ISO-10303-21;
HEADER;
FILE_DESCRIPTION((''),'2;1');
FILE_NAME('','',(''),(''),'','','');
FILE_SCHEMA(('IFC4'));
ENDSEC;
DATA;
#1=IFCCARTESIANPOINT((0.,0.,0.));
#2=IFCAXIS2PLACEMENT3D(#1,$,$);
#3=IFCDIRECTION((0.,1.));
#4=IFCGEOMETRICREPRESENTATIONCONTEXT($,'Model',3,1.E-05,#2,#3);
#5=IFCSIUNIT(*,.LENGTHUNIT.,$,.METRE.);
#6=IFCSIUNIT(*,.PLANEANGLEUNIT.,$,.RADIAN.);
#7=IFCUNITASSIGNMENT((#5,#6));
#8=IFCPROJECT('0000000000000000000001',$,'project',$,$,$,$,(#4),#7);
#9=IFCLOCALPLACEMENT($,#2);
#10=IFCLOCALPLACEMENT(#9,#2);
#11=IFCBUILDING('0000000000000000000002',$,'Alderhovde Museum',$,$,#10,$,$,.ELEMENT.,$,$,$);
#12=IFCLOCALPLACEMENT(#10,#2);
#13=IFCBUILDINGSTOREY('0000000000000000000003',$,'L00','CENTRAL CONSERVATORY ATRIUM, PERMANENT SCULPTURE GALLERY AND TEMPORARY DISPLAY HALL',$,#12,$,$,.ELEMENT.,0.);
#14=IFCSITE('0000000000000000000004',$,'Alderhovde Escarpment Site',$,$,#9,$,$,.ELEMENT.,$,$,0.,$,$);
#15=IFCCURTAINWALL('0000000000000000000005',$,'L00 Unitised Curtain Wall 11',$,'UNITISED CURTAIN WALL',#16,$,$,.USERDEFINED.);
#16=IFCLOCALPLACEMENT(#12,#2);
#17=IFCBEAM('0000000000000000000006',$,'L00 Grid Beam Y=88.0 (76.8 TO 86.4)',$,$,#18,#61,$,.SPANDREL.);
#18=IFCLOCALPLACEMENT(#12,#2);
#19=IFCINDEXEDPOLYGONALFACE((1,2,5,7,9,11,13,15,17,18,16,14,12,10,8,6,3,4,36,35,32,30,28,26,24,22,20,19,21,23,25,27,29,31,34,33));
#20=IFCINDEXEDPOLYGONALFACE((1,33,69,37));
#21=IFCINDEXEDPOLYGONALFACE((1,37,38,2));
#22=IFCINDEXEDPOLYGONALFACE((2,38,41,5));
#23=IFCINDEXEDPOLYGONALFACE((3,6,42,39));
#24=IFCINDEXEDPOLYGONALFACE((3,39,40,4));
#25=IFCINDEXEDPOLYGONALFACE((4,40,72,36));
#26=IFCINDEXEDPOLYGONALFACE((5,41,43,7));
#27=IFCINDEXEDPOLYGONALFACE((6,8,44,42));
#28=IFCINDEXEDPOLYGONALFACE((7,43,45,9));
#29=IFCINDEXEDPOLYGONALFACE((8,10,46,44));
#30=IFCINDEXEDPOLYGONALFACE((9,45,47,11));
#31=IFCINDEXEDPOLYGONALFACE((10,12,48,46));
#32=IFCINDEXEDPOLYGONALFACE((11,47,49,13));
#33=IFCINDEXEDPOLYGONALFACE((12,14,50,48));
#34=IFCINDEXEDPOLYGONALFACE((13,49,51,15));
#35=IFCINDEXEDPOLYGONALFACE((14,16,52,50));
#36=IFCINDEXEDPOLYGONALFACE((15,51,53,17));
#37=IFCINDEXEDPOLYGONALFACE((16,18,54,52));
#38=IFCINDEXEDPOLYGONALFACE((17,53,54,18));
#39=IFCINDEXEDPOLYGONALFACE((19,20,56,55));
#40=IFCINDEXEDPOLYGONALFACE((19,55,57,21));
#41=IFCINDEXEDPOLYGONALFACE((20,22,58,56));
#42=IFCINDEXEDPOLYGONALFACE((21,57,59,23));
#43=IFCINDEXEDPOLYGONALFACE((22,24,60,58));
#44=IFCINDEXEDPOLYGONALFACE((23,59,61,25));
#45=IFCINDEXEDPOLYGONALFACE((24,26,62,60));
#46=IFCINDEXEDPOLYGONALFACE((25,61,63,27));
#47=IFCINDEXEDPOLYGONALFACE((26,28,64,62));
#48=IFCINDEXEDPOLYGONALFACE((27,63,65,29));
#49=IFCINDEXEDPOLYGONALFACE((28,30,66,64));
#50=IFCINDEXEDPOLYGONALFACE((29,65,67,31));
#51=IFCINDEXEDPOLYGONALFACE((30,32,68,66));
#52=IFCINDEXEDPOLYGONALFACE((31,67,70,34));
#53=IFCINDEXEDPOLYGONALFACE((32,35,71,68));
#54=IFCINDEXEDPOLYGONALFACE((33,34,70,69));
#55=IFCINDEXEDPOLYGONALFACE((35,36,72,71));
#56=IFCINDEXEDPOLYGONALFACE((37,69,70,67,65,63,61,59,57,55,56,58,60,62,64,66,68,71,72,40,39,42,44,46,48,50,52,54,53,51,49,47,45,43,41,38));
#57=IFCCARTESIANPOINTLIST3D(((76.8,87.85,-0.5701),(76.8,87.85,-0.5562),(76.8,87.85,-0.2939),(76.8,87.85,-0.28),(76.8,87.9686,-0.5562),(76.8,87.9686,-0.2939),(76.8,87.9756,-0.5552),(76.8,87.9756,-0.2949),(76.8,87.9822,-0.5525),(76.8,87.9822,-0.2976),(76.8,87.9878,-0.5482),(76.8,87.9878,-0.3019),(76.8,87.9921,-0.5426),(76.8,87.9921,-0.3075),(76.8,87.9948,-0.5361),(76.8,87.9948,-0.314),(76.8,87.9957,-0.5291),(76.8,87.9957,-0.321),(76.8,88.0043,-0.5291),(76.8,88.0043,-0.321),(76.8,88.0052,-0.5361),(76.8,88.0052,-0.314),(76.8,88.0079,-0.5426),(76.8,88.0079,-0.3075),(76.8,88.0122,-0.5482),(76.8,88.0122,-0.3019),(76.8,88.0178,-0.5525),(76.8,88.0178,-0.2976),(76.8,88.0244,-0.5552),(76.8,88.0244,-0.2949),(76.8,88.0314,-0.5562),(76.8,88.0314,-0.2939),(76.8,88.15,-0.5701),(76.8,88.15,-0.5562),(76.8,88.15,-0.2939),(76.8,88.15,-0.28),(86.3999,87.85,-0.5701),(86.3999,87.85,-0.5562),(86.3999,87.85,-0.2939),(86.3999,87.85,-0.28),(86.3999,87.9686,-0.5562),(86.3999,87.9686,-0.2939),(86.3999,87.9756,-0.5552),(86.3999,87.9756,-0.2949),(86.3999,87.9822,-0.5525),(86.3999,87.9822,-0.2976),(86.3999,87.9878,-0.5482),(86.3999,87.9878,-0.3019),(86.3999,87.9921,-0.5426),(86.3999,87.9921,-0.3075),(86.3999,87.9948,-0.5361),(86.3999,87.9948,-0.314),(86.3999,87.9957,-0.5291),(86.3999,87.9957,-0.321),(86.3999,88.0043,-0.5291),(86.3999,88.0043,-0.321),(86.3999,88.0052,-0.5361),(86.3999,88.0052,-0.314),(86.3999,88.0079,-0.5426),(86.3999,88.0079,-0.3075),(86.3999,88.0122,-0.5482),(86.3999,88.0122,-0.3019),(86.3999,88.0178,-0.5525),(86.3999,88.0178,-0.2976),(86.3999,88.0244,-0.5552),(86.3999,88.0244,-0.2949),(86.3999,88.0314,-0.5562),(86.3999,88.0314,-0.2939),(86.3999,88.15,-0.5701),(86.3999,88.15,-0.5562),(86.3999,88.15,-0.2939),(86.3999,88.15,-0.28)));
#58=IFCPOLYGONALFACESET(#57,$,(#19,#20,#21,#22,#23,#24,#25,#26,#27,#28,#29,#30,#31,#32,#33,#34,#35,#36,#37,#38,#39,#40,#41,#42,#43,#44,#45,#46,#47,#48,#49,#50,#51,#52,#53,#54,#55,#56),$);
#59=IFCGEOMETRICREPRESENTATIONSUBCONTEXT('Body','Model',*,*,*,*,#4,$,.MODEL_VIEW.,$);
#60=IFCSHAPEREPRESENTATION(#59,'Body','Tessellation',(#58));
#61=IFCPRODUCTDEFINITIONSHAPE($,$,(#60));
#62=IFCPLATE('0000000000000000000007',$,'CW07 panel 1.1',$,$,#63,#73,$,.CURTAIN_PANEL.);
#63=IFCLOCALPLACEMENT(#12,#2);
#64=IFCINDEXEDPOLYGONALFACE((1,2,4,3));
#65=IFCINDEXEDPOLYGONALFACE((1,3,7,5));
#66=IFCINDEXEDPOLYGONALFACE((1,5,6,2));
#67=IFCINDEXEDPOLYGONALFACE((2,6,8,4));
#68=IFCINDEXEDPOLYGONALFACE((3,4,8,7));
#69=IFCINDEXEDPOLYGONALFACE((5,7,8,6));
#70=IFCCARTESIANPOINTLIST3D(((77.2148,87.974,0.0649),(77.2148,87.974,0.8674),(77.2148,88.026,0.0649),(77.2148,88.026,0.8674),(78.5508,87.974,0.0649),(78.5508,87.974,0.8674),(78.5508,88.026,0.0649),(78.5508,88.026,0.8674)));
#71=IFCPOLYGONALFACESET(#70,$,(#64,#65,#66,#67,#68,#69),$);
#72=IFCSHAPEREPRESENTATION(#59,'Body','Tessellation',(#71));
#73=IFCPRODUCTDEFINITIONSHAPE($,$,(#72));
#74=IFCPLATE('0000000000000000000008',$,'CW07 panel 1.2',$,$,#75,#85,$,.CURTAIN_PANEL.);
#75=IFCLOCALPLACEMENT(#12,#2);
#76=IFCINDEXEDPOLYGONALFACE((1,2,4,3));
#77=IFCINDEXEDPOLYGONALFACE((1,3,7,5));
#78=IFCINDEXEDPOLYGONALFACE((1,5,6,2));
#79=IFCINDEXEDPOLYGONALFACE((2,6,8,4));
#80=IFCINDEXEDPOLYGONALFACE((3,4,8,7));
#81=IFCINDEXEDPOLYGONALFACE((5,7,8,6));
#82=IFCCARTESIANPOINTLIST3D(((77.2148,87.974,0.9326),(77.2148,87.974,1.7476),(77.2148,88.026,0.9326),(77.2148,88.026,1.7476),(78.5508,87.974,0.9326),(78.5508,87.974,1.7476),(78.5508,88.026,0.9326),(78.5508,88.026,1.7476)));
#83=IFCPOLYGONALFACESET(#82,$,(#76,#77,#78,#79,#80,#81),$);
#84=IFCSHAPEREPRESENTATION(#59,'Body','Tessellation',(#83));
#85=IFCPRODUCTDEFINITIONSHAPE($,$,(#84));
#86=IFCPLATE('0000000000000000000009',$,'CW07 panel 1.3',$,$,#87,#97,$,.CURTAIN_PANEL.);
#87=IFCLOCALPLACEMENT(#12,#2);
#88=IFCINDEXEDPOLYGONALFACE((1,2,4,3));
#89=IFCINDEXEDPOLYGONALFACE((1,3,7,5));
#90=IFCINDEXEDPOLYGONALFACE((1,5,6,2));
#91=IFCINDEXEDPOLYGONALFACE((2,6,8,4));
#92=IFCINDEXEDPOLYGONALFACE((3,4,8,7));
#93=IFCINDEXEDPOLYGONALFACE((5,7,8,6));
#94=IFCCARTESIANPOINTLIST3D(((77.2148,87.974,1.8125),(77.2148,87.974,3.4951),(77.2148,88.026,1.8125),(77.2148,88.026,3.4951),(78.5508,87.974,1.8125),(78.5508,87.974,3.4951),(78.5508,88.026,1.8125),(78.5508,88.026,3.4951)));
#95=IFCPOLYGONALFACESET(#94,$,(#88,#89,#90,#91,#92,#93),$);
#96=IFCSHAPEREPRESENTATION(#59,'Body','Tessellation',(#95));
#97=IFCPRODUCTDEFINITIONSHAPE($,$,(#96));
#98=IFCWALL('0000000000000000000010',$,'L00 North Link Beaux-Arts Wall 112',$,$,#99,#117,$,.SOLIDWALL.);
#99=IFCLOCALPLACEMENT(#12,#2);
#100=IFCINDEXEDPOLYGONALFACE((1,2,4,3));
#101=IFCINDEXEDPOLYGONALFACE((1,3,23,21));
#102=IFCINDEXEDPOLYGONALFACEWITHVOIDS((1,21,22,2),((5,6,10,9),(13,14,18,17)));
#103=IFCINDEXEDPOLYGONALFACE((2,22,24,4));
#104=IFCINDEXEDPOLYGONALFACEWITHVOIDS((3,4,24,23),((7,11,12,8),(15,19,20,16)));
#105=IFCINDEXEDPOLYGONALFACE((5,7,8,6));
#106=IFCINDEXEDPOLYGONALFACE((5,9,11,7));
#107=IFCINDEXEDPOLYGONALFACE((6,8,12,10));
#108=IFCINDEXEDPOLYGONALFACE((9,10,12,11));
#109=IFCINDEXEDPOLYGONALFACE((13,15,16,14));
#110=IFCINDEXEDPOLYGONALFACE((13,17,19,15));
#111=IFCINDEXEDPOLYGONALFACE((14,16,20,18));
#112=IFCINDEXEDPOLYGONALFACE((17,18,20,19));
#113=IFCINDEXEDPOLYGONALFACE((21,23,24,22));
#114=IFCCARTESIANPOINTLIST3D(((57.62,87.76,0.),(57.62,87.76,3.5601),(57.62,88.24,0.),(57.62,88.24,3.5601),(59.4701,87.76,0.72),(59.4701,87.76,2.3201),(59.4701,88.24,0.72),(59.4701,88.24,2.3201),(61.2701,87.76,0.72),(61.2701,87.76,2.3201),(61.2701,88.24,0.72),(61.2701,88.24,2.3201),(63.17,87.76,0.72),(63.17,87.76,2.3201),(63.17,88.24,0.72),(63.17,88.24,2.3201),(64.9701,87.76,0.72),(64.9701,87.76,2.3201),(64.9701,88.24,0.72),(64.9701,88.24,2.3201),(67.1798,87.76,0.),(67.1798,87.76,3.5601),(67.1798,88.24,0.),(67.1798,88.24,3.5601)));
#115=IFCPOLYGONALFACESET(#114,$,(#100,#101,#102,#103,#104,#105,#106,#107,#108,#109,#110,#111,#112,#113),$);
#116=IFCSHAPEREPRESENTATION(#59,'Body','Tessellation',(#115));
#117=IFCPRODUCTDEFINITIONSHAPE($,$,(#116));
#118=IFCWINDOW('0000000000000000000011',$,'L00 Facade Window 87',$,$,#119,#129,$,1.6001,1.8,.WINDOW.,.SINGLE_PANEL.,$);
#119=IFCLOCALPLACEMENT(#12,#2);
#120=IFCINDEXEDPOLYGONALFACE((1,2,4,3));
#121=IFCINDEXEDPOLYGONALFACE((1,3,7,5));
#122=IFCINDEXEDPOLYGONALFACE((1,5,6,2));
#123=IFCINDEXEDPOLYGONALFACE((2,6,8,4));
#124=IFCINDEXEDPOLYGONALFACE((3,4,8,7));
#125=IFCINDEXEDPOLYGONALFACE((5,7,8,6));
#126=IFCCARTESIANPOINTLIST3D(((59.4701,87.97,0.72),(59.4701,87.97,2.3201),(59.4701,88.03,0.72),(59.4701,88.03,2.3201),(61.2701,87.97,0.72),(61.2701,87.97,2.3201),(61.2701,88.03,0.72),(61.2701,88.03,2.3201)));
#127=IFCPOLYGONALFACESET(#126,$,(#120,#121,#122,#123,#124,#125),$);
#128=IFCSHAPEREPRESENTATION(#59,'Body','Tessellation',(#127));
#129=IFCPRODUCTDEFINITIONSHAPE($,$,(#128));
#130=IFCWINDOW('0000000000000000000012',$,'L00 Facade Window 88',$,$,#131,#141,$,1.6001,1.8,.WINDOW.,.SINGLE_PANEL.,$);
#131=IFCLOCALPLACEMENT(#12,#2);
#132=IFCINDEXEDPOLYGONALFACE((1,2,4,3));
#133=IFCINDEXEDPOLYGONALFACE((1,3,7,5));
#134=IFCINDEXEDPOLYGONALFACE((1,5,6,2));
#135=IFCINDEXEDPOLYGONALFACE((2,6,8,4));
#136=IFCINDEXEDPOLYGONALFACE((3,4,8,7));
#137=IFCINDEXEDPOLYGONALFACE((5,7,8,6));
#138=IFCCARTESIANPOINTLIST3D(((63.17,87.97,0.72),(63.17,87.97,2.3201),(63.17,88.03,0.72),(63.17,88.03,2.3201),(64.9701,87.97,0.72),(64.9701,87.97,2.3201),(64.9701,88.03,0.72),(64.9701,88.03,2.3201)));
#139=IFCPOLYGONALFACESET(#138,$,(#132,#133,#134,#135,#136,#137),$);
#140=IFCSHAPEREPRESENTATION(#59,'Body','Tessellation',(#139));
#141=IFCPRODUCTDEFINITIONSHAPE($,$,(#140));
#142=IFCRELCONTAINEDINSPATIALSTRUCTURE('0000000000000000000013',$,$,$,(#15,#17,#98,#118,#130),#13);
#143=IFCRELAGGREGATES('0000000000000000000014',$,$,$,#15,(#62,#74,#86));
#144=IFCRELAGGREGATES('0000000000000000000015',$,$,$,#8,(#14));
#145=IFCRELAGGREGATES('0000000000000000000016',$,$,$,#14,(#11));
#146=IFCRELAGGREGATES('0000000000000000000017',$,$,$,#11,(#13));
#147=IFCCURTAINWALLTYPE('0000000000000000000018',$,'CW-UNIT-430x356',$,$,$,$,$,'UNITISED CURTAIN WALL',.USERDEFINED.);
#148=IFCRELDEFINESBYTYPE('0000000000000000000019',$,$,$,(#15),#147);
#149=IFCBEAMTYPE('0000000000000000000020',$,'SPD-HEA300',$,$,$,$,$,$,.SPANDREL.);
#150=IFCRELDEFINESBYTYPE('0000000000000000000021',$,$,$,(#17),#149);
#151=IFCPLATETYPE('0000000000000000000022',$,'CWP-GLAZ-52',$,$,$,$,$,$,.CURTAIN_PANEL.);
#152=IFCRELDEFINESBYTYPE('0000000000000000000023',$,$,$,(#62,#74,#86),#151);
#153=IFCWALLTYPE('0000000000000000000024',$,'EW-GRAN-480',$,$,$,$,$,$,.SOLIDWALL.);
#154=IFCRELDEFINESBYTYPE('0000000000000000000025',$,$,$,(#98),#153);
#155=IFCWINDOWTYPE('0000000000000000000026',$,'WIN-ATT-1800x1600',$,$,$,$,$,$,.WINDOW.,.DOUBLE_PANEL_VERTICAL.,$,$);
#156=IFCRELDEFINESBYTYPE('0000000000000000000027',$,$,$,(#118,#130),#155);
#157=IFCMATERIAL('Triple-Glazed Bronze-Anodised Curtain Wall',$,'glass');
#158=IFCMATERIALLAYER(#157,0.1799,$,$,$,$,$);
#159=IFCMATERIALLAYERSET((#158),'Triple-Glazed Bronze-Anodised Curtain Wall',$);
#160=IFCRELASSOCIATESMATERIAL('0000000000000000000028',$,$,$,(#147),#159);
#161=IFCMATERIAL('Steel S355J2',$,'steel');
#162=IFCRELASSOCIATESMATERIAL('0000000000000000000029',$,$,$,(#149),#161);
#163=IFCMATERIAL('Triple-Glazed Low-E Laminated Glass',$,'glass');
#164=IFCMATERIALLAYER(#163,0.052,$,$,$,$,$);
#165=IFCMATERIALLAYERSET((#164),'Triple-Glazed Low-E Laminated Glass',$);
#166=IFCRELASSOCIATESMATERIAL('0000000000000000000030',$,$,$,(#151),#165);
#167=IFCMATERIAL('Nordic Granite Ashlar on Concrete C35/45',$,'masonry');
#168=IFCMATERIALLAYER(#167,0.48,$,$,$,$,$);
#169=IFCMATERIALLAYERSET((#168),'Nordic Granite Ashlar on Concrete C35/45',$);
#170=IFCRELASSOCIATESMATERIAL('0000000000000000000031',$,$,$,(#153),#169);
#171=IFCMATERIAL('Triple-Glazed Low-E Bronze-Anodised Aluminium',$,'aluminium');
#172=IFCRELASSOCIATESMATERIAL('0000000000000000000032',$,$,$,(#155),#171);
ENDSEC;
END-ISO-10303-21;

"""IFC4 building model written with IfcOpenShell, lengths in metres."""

from ifc_helpers import new_model, si_unit, direction, frame, frame_2d, origin, origin_2d, place, context, subcontext, project, spatial, rectangle, i_section, extrude, material, layer, layer_set, material_profile, profile_set, type_object, element, fill, aggregate, save


model = new_model("IFC4")

# Units and contexts
model_context = context("Model", 3, precision=1e-05, world=origin(), true_north=direction((0.0, 1.0)))
body_context = subcontext(model_context, "Body", "Model", "MODEL_VIEW")
ifc_project = project(units=[si_unit("LENGTHUNIT", "METRE"), si_unit("PLANEANGLEUNIT", "RADIAN")], contexts=[model_context])

# Site, building, storey
site_placement = place(None, origin())
site = spatial("IfcSite", under=ifc_project, at=site_placement, Name="Alderhovde Escarpment Site", CompositionType="ELEMENT", RefElevation=0.0)
building_placement = place(site_placement, origin())
building = spatial("IfcBuilding", under=site, at=building_placement, Name="Alderhovde Museum", CompositionType="ELEMENT")
storey_placement = place(building_placement, origin())
storey = spatial("IfcBuildingStorey", under=building, at=storey_placement, Name="L00", Description="CENTRAL CONSERVATORY ATRIUM, PERMANENT SCULPTURE GALLERY AND TEMPORARY DISPLAY HALL", CompositionType="ELEMENT", Elevation=0.0)

# Curtain wall
ifc_material_1 = material(Name="Triple-Glazed Bronze-Anodised Curtain Wall", Category="glass")
ifc_layer_1 = layer(ifc_material_1, 0.1799)
ifc_layer_set_1 = layer_set([ifc_layer_1], Name="Triple-Glazed Bronze-Anodised Curtain Wall")
curtain_wall_type = type_object("IfcCurtainWallType", Name="CW-UNIT-430x356", ElementType="UNITISED CURTAIN WALL", PredefinedType="USERDEFINED", material=ifc_layer_set_1)
curtain_wall_placement = place(storey_placement, origin())
curtain_wall = element("IfcCurtainWall", 1, at=curtain_wall_placement, inside=storey, type_object=curtain_wall_type, Name="L00 Unitised Curtain Wall 11", ObjectType="UNITISED CURTAIN WALL", PredefinedType="USERDEFINED")

# Beam
ifc_material_2 = material(Name="Steel S355J2", Category="steel")
ifc_material_profile_1 = material_profile(ifc_material_2, i_section(OverallWidth=0.3, OverallDepth=0.29, WebThickness=0.0085, FlangeThickness=0.0139, FilletRadius=0.0271, at=origin_2d()), Name="HEA 300")
ifc_profile_set_1 = profile_set([ifc_material_profile_1], Name="Steel S355J2")
beam_type_1 = type_object("IfcBeamType", Name="SPD-HEA300", PredefinedType="SPANDREL", material=ifc_profile_set_1)
beam_1_placement = place(storey_placement, frame((76.8, 88.0, -0.425), z_axis=(1.0, 0.0, 0.0), x_axis=(0.0, 1.0, 0.0)))
element("IfcBeam", 2, at=beam_1_placement, inside=storey, type_object=beam_type_1, Name="L00 Grid Beam Y=88.0 (76.8 TO 86.4)", PredefinedType="SPANDREL", context=body_context, shape_type="SweptSolid", body=[
    extrude(i_section(OverallWidth=0.3, OverallDepth=0.29, WebThickness=0.0085, FlangeThickness=0.0139, FilletRadius=0.0271, at=origin_2d()), origin(), (0.0, 0.0, 1.0), 9.5999),
])

# Plates
ifc_material_3 = material(Name="Triple-Glazed Low-E Laminated Glass", Category="glass")
ifc_layer_2 = layer(ifc_material_3, 0.052)
ifc_layer_set_2 = layer_set([ifc_layer_2], Name="Triple-Glazed Low-E Laminated Glass")
plate_type = type_object("IfcPlateType", Name="CWP-GLAZ-52", PredefinedType="CURTAIN_PANEL", material=ifc_layer_set_2)
plate_1_placement = place(storey_placement, frame((77.8828, 88.0, 0.0649), z_axis=(0.0, 0.0, 1.0), x_axis=(1.0, 0.0, 0.0)))
plate_1 = element("IfcPlate", 3, at=plate_1_placement, type_object=plate_type, Name="CW07 panel 1.1", PredefinedType="CURTAIN_PANEL", context=body_context, shape_type="SweptSolid", body=[
    extrude(rectangle(XDim=1.3359, YDim=0.052, at=origin_2d()), origin(), (0.0, 0.0, 1.0), 0.8025),
])
plate_2_placement = place(storey_placement, frame((77.8828, 88.0, 0.9326), z_axis=(0.0, 0.0, 1.0), x_axis=(1.0, 0.0, 0.0)))
plate_2 = element("IfcPlate", 4, at=plate_2_placement, type_object=plate_type, Name="CW07 panel 1.2", PredefinedType="CURTAIN_PANEL", context=body_context, shape_type="SweptSolid", body=[
    extrude(rectangle(XDim=1.3359, YDim=0.052, at=origin_2d()), origin(), (0.0, 0.0, 1.0), 0.8149),
])
plate_3_placement = place(storey_placement, frame((77.8828, 88.0, 1.8125), z_axis=(0.0, 0.0, 1.0), x_axis=(1.0, 0.0, 0.0)))
plate_3 = element("IfcPlate", 5, at=plate_3_placement, type_object=plate_type, Name="CW07 panel 1.3", PredefinedType="CURTAIN_PANEL", context=body_context, shape_type="SweptSolid", body=[
    extrude(rectangle(XDim=1.3359, YDim=0.052, at=origin_2d()), origin(), (0.0, 0.0, 1.0), 1.6826),
])
aggregate(curtain_wall, [plate_1, plate_2, plate_3])

# Wall, openings, windows
ifc_material_4 = material(Name="Nordic Granite Ashlar on Concrete C35/45", Category="masonry")
ifc_layer_3 = layer(ifc_material_4, 0.48)
ifc_layer_set_3 = layer_set([ifc_layer_3], Name="Nordic Granite Ashlar on Concrete C35/45")
wall_type = type_object("IfcWallType", Name="EW-GRAN-480", PredefinedType="SOLIDWALL", material=ifc_layer_set_3)
wall_1_placement = place(storey_placement, frame((57.6201, 88.0, 0.0), z_axis=(0.0, 0.0, 1.0), x_axis=(1.0, 0.0, 0.0)))
wall_1 = element("IfcWall", 6, at=wall_1_placement, inside=storey, type_object=wall_type, Name="L00 North Link Beaux-Arts Wall 112", PredefinedType="SOLIDWALL", context=body_context, shape_type="SweptSolid", body=[
    extrude(rectangle(XDim=9.5598, YDim=0.48, at=frame_2d((4.7798, 0.0))), origin(), (0.0, 0.0, 1.0), 3.5601),
])
opening_1_placement = place(wall_1_placement, frame((1.8501, 0.0, 0.72)))
opening_1 = element("IfcOpeningElement", 7, at=opening_1_placement, cuts=wall_1, PredefinedType="OPENING", context=body_context, shape_type="SweptSolid", body=[
    extrude(rectangle(XDim=1.8, YDim=1.6001, at=frame_2d((0.8999, 0.8))), frame((0.0, 0.25, 0.0), z_axis=(0.0, -1.0, 0.0), x_axis=(1.0, 0.0, 0.0)), (0.0, 0.0, 1.0), 0.5),
])
opening_2_placement = place(wall_1_placement, frame((5.55, 0.0, 0.72)))
opening_2 = element("IfcOpeningElement", 8, at=opening_2_placement, cuts=wall_1, PredefinedType="OPENING", context=body_context, shape_type="SweptSolid", body=[
    extrude(rectangle(XDim=1.8, YDim=1.6001, at=frame_2d((0.8999, 0.8))), frame((0.0, 0.25, 0.0), z_axis=(0.0, -1.0, 0.0), x_axis=(1.0, 0.0, 0.0)), (0.0, 0.0, 1.0), 0.5),
])
ifc_material_5 = material(Name="Triple-Glazed Low-E Bronze-Anodised Aluminium", Category="aluminium")
window_type = type_object("IfcWindowType", Name="WIN-ATT-1800x1600", PartitioningType="DOUBLE_PANEL_VERTICAL", PredefinedType="WINDOW", material=ifc_material_5)
window_1_placement = place(opening_1_placement, origin())
window_1 = element("IfcWindow", 9, at=window_1_placement, inside=storey, type_object=window_type, Name="L00 Facade Window 87", OverallHeight=1.6001, OverallWidth=1.8, PartitioningType="SINGLE_PANEL", PredefinedType="WINDOW", context=body_context, shape_type="SweptSolid", body=[
    extrude(rectangle(XDim=1.8, YDim=1.6001, at=frame_2d((0.8999, 0.8))), frame((0.0, 0.03, 0.0), z_axis=(0.0, -1.0, 0.0), x_axis=(1.0, 0.0, 0.0)), (0.0, 0.0, 1.0), 0.0601),
])
fill(opening_1, window_1)
window_2_placement = place(opening_2_placement, origin())
window_2 = element("IfcWindow", 10, at=window_2_placement, inside=storey, type_object=window_type, Name="L00 Facade Window 88", OverallHeight=1.6001, OverallWidth=1.8, PartitioningType="SINGLE_PANEL", PredefinedType="WINDOW", context=body_context, shape_type="SweptSolid", body=[
    extrude(rectangle(XDim=1.8, YDim=1.6001, at=frame_2d((0.8999, 0.8))), frame((0.0, 0.03, 0.0), z_axis=(0.0, -1.0, 0.0), x_axis=(1.0, 0.0, 0.0)), (0.0, 0.0, 1.0), 0.0601),
])
fill(opening_2, window_2)

save(model, "model.ifc")
